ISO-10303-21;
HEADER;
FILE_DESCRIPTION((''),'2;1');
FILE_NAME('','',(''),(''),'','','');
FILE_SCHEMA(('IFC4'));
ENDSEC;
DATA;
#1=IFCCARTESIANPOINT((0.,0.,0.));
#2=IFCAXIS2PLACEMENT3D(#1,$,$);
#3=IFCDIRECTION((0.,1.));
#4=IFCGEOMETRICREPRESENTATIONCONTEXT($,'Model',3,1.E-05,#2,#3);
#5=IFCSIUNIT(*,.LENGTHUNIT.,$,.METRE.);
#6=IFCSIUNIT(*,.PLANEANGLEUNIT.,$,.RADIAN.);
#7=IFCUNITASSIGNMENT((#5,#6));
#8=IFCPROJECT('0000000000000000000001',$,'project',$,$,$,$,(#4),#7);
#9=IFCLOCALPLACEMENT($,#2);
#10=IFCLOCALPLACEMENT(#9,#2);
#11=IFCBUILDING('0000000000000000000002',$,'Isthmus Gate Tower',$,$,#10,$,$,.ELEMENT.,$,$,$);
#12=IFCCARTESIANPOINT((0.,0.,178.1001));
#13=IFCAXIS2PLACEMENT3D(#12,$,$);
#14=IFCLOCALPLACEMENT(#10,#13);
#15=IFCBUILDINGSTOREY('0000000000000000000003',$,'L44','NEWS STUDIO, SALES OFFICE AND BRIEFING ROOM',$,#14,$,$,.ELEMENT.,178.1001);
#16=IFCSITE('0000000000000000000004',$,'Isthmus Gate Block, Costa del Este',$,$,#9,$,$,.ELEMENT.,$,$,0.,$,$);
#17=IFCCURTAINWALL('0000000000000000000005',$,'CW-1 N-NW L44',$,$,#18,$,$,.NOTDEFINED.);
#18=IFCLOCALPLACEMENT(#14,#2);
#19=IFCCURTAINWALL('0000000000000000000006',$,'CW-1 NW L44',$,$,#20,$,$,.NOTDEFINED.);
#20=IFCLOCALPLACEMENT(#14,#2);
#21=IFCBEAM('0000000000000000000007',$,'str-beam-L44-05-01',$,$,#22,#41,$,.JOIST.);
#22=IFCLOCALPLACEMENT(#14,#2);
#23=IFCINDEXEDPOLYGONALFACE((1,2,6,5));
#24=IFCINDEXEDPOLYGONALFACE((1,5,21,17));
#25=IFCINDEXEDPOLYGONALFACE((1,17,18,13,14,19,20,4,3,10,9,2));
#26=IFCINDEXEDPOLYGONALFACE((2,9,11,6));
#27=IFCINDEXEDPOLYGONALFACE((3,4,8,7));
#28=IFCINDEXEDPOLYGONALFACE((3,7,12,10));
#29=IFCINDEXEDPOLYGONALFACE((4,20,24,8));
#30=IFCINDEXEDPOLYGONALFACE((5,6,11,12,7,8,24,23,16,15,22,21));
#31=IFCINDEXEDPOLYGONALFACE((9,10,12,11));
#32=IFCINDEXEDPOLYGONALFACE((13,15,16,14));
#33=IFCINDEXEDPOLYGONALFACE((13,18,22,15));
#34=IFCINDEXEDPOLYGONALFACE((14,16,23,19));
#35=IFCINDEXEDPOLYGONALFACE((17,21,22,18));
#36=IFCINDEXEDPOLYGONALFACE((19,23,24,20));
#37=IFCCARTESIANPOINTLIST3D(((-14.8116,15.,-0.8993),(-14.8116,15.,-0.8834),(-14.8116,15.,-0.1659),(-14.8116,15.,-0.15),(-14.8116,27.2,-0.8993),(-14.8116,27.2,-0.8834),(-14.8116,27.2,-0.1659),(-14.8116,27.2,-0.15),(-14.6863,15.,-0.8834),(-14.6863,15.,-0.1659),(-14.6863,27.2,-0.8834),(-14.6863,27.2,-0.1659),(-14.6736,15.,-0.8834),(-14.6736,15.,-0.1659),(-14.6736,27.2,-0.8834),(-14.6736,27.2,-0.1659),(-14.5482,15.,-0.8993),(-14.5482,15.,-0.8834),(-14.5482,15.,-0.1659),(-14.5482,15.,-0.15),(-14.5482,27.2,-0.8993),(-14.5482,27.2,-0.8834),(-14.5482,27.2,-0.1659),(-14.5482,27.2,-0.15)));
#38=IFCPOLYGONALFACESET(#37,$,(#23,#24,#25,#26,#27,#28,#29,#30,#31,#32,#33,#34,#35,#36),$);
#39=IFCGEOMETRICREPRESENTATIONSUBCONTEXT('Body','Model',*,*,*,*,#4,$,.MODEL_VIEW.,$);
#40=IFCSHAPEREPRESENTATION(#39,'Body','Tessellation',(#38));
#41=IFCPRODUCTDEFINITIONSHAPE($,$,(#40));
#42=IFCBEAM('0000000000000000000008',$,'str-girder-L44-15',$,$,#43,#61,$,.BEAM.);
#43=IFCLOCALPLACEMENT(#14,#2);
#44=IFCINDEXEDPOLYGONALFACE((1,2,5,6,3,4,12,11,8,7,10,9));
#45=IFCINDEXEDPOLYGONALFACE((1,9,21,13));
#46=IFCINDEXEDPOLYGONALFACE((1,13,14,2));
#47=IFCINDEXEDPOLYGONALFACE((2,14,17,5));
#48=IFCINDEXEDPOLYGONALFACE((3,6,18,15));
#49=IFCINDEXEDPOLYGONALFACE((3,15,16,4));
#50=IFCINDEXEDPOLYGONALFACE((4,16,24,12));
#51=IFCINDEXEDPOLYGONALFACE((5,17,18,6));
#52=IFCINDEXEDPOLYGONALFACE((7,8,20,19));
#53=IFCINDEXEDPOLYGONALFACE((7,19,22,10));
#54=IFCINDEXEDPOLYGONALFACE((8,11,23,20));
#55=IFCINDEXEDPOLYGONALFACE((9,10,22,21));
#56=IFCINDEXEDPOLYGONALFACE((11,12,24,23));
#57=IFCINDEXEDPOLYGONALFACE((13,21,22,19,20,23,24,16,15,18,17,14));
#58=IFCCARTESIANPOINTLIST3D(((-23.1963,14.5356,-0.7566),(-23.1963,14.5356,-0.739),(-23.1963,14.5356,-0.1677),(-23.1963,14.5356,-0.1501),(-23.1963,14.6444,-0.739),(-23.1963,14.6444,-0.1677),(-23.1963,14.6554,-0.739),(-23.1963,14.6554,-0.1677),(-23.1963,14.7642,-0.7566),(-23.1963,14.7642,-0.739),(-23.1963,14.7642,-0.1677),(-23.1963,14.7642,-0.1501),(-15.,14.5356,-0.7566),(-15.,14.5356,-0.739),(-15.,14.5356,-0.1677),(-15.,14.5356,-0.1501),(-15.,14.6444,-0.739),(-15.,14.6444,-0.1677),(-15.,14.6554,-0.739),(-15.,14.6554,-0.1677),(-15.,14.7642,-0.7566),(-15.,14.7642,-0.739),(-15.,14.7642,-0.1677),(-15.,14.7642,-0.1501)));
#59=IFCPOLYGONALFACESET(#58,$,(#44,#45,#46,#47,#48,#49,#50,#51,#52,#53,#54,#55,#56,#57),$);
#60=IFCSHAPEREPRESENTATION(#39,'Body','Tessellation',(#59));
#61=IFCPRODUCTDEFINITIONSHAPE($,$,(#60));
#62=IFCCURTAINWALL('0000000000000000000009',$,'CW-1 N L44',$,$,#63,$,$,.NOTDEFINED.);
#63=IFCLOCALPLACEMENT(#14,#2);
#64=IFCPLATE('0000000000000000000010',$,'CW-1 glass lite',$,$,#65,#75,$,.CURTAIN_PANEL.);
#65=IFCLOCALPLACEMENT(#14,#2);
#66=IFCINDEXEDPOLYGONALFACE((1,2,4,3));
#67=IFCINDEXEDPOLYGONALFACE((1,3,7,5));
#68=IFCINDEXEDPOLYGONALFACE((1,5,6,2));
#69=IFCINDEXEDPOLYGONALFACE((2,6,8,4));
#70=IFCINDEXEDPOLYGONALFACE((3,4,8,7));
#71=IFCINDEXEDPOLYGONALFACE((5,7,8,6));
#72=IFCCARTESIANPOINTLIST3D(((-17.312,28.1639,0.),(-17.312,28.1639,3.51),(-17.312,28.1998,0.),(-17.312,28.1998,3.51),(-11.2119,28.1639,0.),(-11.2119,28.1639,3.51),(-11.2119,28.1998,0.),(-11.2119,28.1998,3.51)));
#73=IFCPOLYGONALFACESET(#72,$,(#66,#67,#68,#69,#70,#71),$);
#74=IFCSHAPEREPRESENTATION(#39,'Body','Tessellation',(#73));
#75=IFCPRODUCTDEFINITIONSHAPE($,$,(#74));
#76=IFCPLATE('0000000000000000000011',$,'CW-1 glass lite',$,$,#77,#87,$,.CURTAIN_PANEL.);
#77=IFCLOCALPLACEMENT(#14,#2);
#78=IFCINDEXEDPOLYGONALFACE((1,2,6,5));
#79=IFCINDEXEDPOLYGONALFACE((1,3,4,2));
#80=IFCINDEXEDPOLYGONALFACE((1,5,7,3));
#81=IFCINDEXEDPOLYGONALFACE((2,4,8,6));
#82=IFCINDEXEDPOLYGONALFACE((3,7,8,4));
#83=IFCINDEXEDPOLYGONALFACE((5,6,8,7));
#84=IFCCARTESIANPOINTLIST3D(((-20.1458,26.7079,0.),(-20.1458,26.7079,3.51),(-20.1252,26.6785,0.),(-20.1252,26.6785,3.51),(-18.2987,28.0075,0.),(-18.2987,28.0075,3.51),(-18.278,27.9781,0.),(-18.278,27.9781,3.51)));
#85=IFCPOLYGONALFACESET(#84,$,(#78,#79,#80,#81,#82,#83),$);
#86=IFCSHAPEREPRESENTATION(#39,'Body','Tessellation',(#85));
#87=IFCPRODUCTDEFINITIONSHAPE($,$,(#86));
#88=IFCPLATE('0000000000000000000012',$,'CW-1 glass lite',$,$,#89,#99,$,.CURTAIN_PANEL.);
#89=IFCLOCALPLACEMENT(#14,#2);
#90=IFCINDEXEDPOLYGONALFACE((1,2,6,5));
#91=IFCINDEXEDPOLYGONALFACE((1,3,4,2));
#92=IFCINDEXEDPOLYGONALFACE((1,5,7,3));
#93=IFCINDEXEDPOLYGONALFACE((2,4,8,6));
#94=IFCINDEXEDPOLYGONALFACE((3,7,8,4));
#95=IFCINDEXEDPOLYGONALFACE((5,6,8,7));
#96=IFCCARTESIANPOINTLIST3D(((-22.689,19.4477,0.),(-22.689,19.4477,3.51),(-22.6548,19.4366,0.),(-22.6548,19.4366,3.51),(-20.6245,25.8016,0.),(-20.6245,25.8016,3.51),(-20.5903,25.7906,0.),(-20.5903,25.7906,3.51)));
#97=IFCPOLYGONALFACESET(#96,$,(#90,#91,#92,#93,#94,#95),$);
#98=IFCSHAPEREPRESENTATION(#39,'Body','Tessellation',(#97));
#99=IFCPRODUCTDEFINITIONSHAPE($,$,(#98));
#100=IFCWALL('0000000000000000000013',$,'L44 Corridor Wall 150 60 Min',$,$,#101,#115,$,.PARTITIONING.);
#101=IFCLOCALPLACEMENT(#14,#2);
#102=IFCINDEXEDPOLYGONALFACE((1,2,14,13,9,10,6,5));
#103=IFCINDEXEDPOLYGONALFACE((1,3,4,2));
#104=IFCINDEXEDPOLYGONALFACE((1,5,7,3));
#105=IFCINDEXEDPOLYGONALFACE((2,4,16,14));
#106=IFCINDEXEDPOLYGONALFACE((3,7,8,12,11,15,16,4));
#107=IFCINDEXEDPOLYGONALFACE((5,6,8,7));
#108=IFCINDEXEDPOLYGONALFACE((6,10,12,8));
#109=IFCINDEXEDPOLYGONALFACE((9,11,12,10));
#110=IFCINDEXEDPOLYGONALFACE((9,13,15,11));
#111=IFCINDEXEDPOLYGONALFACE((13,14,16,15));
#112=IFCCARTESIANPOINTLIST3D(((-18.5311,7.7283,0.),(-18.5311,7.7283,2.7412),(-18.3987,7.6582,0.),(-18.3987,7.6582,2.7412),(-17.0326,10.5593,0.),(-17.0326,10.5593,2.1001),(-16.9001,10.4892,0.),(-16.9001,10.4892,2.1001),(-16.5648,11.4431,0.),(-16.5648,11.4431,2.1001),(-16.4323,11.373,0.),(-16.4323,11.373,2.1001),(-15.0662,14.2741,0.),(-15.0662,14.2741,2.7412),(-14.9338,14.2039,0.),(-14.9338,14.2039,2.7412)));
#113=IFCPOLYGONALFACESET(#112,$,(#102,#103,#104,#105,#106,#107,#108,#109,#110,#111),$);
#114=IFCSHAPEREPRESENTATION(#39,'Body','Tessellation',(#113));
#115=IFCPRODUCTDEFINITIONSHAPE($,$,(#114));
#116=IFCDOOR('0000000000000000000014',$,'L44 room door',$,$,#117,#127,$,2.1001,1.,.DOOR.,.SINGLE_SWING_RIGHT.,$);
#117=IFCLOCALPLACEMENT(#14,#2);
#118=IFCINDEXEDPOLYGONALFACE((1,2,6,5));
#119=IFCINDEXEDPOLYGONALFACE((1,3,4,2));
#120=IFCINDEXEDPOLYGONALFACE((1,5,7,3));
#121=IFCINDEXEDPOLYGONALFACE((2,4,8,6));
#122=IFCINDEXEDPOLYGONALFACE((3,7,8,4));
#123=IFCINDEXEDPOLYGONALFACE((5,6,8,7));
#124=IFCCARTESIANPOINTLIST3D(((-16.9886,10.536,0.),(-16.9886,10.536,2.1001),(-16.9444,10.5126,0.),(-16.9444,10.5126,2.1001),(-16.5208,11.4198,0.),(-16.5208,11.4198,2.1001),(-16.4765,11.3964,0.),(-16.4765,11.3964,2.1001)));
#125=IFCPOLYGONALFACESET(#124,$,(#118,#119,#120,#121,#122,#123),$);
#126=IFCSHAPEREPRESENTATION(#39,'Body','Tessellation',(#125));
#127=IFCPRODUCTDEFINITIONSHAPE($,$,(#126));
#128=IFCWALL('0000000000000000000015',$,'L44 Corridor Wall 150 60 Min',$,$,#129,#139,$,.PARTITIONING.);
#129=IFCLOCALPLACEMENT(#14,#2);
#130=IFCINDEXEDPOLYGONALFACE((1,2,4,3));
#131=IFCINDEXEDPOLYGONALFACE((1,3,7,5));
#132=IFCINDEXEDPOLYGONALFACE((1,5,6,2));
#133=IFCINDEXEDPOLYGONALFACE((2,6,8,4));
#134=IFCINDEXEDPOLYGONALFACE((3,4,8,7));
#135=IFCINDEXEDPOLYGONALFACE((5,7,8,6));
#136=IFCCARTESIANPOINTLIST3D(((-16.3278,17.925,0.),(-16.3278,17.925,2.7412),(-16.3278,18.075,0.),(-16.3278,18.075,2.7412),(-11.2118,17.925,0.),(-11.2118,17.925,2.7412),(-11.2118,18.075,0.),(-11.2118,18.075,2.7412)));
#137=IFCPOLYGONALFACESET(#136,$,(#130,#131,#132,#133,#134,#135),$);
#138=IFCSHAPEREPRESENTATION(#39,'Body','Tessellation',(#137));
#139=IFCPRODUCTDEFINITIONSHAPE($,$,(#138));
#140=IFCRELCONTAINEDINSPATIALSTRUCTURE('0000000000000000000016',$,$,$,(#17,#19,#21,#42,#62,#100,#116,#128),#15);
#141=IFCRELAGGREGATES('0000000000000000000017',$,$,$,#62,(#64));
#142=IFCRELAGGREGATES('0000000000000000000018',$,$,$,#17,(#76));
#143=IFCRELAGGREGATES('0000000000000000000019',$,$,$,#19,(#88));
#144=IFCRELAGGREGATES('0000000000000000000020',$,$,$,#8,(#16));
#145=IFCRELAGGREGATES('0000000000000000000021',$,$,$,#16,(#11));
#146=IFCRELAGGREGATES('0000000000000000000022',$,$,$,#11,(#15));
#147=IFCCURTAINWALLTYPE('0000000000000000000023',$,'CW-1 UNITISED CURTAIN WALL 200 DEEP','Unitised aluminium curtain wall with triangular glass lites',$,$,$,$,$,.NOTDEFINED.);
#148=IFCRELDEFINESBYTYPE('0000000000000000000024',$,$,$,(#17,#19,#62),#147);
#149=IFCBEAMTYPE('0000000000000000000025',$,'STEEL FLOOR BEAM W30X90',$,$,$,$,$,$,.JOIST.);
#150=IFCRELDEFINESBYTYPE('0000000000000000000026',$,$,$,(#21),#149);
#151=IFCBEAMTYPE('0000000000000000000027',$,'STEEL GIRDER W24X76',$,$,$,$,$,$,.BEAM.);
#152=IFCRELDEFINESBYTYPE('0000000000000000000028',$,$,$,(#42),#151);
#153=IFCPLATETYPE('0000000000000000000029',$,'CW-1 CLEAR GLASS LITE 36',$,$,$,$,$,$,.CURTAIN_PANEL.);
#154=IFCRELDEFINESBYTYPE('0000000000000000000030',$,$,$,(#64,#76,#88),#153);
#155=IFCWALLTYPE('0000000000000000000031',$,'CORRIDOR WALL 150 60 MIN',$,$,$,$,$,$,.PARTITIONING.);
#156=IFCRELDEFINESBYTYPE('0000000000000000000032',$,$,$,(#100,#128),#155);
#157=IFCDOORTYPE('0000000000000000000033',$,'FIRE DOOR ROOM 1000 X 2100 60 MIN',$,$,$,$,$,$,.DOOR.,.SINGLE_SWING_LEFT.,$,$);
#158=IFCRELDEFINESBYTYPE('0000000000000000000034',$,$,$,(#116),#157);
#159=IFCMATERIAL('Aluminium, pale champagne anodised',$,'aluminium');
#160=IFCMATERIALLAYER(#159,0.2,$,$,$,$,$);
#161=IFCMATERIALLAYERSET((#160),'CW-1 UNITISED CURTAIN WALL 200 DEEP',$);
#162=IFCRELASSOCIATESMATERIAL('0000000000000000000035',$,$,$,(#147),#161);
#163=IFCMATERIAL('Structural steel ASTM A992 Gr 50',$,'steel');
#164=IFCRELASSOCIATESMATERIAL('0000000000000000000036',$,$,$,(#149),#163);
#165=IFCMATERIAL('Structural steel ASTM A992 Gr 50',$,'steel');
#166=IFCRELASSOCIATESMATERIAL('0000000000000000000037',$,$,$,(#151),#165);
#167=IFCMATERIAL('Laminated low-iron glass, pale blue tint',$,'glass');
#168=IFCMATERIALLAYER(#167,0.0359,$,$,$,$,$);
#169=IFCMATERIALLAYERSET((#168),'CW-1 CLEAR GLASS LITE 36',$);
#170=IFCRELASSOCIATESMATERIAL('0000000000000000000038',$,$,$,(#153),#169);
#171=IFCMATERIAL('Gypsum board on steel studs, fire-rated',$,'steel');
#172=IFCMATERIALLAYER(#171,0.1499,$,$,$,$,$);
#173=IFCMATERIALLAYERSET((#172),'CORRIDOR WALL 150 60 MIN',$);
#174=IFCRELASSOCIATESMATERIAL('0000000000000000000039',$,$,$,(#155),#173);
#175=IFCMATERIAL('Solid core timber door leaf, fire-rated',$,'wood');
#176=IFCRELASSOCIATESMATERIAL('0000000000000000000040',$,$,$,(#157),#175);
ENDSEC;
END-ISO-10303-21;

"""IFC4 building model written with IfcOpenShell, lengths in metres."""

from ifc_helpers import new_model, si_unit, direction, frame, frame_2d, origin, origin_2d, place, context, subcontext, project, spatial, rectangle, i_section, extrude, material, layer, layer_set, material_profile, profile_set, type_object, element, fill, aggregate, save


model = new_model("IFC4")

# Units and contexts
model_context = context("Model", 3, precision=1e-05, world=origin(), true_north=direction((0.0, 1.0)))
body_context = subcontext(model_context, "Body", "Model", "MODEL_VIEW")
ifc_project = project(units=[si_unit("LENGTHUNIT", "METRE"), si_unit("PLANEANGLEUNIT", "RADIAN")], contexts=[model_context])

# Site, building, storey
site_placement = place(None, origin())
site = spatial("IfcSite", under=ifc_project, at=site_placement, Name="Isthmus Gate Block, Costa del Este", CompositionType="ELEMENT", RefElevation=0.0)
building_placement = place(site_placement, origin())
building = spatial("IfcBuilding", under=site, at=building_placement, Name="Isthmus Gate Tower", CompositionType="ELEMENT")
storey_placement = place(building_placement, frame((0.0, 0.0, 178.1001)))
storey = spatial("IfcBuildingStorey", under=building, at=storey_placement, Name="L44", Description="NEWS STUDIO, SALES OFFICE AND BRIEFING ROOM", CompositionType="ELEMENT", Elevation=178.1001)

# Curtain walls
ifc_material_1 = material(Name="Aluminium, pale champagne anodised", Category="aluminium")
ifc_layer_1 = layer(ifc_material_1, 0.2)
ifc_layer_set_1 = layer_set([ifc_layer_1], Name="CW-1 UNITISED CURTAIN WALL 200 DEEP")
curtain_wall_type = type_object("IfcCurtainWallType", Name="CW-1 UNITISED CURTAIN WALL 200 DEEP", Description="Unitised aluminium curtain wall with triangular glass lites", PredefinedType="NOTDEFINED", material=ifc_layer_set_1)
curtain_wall_1_placement = place(storey_placement, origin())
curtain_wall_1 = element("IfcCurtainWall", 1, at=curtain_wall_1_placement, inside=storey, type_object=curtain_wall_type, Name="CW-1 N-NW L44", PredefinedType="NOTDEFINED")
curtain_wall_2_placement = place(storey_placement, origin())
curtain_wall_2 = element("IfcCurtainWall", 2, at=curtain_wall_2_placement, inside=storey, type_object=curtain_wall_type, Name="CW-1 NW L44", PredefinedType="NOTDEFINED")

# Beams
ifc_material_2 = material(Name="Structural steel ASTM A992 Gr 50", Category="steel")
ifc_material_profile_1 = material_profile(ifc_material_2, i_section(OverallWidth=0.2634, OverallDepth=0.7493, WebThickness=0.0127, FlangeThickness=0.0159, at=origin_2d()), Name="W30X90")
ifc_profile_set_1 = profile_set([ifc_material_profile_1], Name="Structural steel ASTM A992 Gr 50")
beam_type_1 = type_object("IfcBeamType", Name="STEEL FLOOR BEAM W30X90", PredefinedType="JOIST", material=ifc_profile_set_1)
beam_1_placement = place(storey_placement, frame((-14.6799, 15.0, -0.5247), z_axis=(0.0, 1.0, 0.0), x_axis=(-1.0, 0.0, 0.0)))
element("IfcBeam", 3, at=beam_1_placement, inside=storey, type_object=beam_type_1, Name="str-beam-L44-05-01", PredefinedType="JOIST", context=body_context, shape_type="SweptSolid", body=[
    extrude(i_section(OverallWidth=0.2634, OverallDepth=0.7493, WebThickness=0.0127, FlangeThickness=0.0159, at=origin_2d()), origin(), (0.0, 0.0, 1.0), 12.2),
])
ifc_material_3 = material(Name="Structural steel ASTM A992 Gr 50", Category="steel")
ifc_material_profile_2 = material_profile(ifc_material_3, i_section(OverallWidth=0.2285, OverallDepth=0.6064, WebThickness=0.011, FlangeThickness=0.0176, at=origin_2d()), Name="W24X76")
ifc_profile_set_2 = profile_set([ifc_material_profile_2], Name="Structural steel ASTM A992 Gr 50")
beam_type_2 = type_object("IfcBeamType", Name="STEEL GIRDER W24X76", PredefinedType="BEAM", material=ifc_profile_set_2)
beam_2_placement = place(storey_placement, frame((-15.0, 14.6499, -0.4534), z_axis=(-1.0, 0.0, 0.0), x_axis=(0.0, -1.0, 0.0)))
element("IfcBeam", 4, at=beam_2_placement, inside=storey, type_object=beam_type_2, Name="str-girder-L44-15", PredefinedType="BEAM", context=body_context, shape_type="SweptSolid", body=[
    extrude(i_section(OverallWidth=0.2285, OverallDepth=0.6064, WebThickness=0.011, FlangeThickness=0.0176, at=origin_2d()), origin(), (0.0, 0.0, 1.0), 8.1963),
])

# Curtain wall, plate
curtain_wall_3_placement = place(storey_placement, origin())
curtain_wall_3 = element("IfcCurtainWall", 5, at=curtain_wall_3_placement, inside=storey, type_object=curtain_wall_type, Name="CW-1 N L44", PredefinedType="NOTDEFINED")
ifc_material_4 = material(Name="Laminated low-iron glass, pale blue tint", Category="glass")
ifc_layer_2 = layer(ifc_material_4, 0.0359)
ifc_layer_set_2 = layer_set([ifc_layer_2], Name="CW-1 CLEAR GLASS LITE 36")
plate_type = type_object("IfcPlateType", Name="CW-1 CLEAR GLASS LITE 36", PredefinedType="CURTAIN_PANEL", material=ifc_layer_set_2)
plate_1_placement = place(storey_placement, frame((-14.262, 28.1819, 0.0), z_axis=(0.0, 0.0, 1.0), x_axis=(-1.0, 0.0, 0.0)))
plate_1 = element("IfcPlate", 6, at=plate_1_placement, type_object=plate_type, Name="CW-1 glass lite", PredefinedType="CURTAIN_PANEL", context=body_context, shape_type="SweptSolid", body=[
    extrude(rectangle(XDim=6.1001, YDim=0.0359, at=origin_2d()), origin(), (0.0, 0.0, 1.0), 3.51),
])
aggregate(curtain_wall_3, [plate_1])

# Plates
plate_2_placement = place(storey_placement, frame((-19.2119, 27.343, 0.0), z_axis=(0.0, 0.0, 1.0), x_axis=(-0.81786, -0.575418, 0.0)))
plate_2 = element("IfcPlate", 7, at=plate_2_placement, type_object=plate_type, Name="CW-1 glass lite", PredefinedType="CURTAIN_PANEL", context=body_context, shape_type="SweptSolid", body=[
    extrude(rectangle(XDim=2.2585, YDim=0.0359, at=origin_2d()), origin(), (0.0, 0.0, 1.0), 3.51),
])
aggregate(curtain_wall_1, [plate_2])
plate_3_placement = place(storey_placement, frame((-21.6396, 22.6191, 0.0), z_axis=(0.0, 0.0, 1.0), x_axis=(-0.309017, -0.951057, 0.0)))
plate_3 = element("IfcPlate", 8, at=plate_3_placement, type_object=plate_type, Name="CW-1 glass lite", PredefinedType="CURTAIN_PANEL", context=body_context, shape_type="SweptSolid", body=[
    extrude(rectangle(XDim=6.6809, YDim=0.0359, at=origin_2d()), origin(), (0.0, 0.0, 1.0), 3.51),
])

# Wall, opening, door
ifc_material_5 = material(Name="Gypsum board on steel studs, fire-rated", Category="steel")
ifc_layer_3 = layer(ifc_material_5, 0.1499)
ifc_layer_set_3 = layer_set([ifc_layer_3], Name="CORRIDOR WALL 150 60 MIN")
wall_type_1 = type_object("IfcWallType", Name="CORRIDOR WALL 150 60 MIN", PredefinedType="PARTITIONING", material=ifc_layer_set_3)
wall_1_placement = place(storey_placement, frame((-15.0, 14.239, 0.0), z_axis=(0.0, 0.0, 1.0), x_axis=(-0.467835, -0.883816, 0.0)))
wall_1 = element("IfcWall", 9, at=wall_1_placement, inside=storey, type_object=wall_type_1, Name="L44 Corridor Wall 150 60 Min", PredefinedType="PARTITIONING", context=body_context, shape_type="SweptSolid", body=[
    extrude(rectangle(XDim=7.4062, YDim=0.1499, at=frame_2d((3.7031, 0.0))), origin(), (0.0, 0.0, 1.0), 2.7412),
])
opening_1_placement = place(wall_1_placement, frame((3.2031, 0.0, 0.0)))
opening_1 = element("IfcOpeningElement", 10, at=opening_1_placement, cuts=wall_1, PredefinedType="OPENING", context=body_context, shape_type="SweptSolid", body=[
    extrude(rectangle(XDim=1.0, YDim=2.1001, at=frame_2d((0.5, 1.05))), frame((0.0, 0.085, 0.0), z_axis=(0.0, -1.0, 0.0), x_axis=(1.0, 0.0, 0.0)), (0.0, 0.0, 1.0), 0.1699),
])
ifc_material_6 = material(Name="Solid core timber door leaf, fire-rated", Category="wood")
door_type_1 = type_object("IfcDoorType", Name="FIRE DOOR ROOM 1000 X 2100 60 MIN", OperationType="SINGLE_SWING_LEFT", PredefinedType="DOOR", material=ifc_material_6)
door_1_placement = place(opening_1_placement, origin())
door_1 = element("IfcDoor", 11, at=door_1_placement, inside=storey, type_object=door_type_1, Name="L44 room door", OperationType="SINGLE_SWING_RIGHT", OverallHeight=2.1001, OverallWidth=1.0, PredefinedType="DOOR", context=body_context, shape_type="SweptSolid", body=[
    extrude(rectangle(XDim=1.0, YDim=2.1001, at=frame_2d((0.5, 1.05))), frame((0.0, 0.0249, 0.0), z_axis=(0.0, -1.0, 0.0), x_axis=(1.0, 0.0, 0.0)), (0.0, 0.0, 1.0), 0.05),
])
fill(opening_1, door_1)

# Wall
wall_2_placement = place(storey_placement, frame((-16.3279, 18.0, 0.0), z_axis=(0.0, 0.0, 1.0), x_axis=(1.0, 0.0, 0.0)))
element("IfcWall", 12, at=wall_2_placement, inside=storey, type_object=wall_type_1, Name="L44 Corridor Wall 150 60 Min", PredefinedType="PARTITIONING", context=body_context, shape_type="SweptSolid", body=[
    extrude(rectangle(XDim=5.116, YDim=0.1499, at=frame_2d((2.5581, 0.0))), origin(), (0.0, 0.0, 1.0), 2.7412),
])

aggregate(curtain_wall_2, [plate_3])

save(model, "model.ifc")
